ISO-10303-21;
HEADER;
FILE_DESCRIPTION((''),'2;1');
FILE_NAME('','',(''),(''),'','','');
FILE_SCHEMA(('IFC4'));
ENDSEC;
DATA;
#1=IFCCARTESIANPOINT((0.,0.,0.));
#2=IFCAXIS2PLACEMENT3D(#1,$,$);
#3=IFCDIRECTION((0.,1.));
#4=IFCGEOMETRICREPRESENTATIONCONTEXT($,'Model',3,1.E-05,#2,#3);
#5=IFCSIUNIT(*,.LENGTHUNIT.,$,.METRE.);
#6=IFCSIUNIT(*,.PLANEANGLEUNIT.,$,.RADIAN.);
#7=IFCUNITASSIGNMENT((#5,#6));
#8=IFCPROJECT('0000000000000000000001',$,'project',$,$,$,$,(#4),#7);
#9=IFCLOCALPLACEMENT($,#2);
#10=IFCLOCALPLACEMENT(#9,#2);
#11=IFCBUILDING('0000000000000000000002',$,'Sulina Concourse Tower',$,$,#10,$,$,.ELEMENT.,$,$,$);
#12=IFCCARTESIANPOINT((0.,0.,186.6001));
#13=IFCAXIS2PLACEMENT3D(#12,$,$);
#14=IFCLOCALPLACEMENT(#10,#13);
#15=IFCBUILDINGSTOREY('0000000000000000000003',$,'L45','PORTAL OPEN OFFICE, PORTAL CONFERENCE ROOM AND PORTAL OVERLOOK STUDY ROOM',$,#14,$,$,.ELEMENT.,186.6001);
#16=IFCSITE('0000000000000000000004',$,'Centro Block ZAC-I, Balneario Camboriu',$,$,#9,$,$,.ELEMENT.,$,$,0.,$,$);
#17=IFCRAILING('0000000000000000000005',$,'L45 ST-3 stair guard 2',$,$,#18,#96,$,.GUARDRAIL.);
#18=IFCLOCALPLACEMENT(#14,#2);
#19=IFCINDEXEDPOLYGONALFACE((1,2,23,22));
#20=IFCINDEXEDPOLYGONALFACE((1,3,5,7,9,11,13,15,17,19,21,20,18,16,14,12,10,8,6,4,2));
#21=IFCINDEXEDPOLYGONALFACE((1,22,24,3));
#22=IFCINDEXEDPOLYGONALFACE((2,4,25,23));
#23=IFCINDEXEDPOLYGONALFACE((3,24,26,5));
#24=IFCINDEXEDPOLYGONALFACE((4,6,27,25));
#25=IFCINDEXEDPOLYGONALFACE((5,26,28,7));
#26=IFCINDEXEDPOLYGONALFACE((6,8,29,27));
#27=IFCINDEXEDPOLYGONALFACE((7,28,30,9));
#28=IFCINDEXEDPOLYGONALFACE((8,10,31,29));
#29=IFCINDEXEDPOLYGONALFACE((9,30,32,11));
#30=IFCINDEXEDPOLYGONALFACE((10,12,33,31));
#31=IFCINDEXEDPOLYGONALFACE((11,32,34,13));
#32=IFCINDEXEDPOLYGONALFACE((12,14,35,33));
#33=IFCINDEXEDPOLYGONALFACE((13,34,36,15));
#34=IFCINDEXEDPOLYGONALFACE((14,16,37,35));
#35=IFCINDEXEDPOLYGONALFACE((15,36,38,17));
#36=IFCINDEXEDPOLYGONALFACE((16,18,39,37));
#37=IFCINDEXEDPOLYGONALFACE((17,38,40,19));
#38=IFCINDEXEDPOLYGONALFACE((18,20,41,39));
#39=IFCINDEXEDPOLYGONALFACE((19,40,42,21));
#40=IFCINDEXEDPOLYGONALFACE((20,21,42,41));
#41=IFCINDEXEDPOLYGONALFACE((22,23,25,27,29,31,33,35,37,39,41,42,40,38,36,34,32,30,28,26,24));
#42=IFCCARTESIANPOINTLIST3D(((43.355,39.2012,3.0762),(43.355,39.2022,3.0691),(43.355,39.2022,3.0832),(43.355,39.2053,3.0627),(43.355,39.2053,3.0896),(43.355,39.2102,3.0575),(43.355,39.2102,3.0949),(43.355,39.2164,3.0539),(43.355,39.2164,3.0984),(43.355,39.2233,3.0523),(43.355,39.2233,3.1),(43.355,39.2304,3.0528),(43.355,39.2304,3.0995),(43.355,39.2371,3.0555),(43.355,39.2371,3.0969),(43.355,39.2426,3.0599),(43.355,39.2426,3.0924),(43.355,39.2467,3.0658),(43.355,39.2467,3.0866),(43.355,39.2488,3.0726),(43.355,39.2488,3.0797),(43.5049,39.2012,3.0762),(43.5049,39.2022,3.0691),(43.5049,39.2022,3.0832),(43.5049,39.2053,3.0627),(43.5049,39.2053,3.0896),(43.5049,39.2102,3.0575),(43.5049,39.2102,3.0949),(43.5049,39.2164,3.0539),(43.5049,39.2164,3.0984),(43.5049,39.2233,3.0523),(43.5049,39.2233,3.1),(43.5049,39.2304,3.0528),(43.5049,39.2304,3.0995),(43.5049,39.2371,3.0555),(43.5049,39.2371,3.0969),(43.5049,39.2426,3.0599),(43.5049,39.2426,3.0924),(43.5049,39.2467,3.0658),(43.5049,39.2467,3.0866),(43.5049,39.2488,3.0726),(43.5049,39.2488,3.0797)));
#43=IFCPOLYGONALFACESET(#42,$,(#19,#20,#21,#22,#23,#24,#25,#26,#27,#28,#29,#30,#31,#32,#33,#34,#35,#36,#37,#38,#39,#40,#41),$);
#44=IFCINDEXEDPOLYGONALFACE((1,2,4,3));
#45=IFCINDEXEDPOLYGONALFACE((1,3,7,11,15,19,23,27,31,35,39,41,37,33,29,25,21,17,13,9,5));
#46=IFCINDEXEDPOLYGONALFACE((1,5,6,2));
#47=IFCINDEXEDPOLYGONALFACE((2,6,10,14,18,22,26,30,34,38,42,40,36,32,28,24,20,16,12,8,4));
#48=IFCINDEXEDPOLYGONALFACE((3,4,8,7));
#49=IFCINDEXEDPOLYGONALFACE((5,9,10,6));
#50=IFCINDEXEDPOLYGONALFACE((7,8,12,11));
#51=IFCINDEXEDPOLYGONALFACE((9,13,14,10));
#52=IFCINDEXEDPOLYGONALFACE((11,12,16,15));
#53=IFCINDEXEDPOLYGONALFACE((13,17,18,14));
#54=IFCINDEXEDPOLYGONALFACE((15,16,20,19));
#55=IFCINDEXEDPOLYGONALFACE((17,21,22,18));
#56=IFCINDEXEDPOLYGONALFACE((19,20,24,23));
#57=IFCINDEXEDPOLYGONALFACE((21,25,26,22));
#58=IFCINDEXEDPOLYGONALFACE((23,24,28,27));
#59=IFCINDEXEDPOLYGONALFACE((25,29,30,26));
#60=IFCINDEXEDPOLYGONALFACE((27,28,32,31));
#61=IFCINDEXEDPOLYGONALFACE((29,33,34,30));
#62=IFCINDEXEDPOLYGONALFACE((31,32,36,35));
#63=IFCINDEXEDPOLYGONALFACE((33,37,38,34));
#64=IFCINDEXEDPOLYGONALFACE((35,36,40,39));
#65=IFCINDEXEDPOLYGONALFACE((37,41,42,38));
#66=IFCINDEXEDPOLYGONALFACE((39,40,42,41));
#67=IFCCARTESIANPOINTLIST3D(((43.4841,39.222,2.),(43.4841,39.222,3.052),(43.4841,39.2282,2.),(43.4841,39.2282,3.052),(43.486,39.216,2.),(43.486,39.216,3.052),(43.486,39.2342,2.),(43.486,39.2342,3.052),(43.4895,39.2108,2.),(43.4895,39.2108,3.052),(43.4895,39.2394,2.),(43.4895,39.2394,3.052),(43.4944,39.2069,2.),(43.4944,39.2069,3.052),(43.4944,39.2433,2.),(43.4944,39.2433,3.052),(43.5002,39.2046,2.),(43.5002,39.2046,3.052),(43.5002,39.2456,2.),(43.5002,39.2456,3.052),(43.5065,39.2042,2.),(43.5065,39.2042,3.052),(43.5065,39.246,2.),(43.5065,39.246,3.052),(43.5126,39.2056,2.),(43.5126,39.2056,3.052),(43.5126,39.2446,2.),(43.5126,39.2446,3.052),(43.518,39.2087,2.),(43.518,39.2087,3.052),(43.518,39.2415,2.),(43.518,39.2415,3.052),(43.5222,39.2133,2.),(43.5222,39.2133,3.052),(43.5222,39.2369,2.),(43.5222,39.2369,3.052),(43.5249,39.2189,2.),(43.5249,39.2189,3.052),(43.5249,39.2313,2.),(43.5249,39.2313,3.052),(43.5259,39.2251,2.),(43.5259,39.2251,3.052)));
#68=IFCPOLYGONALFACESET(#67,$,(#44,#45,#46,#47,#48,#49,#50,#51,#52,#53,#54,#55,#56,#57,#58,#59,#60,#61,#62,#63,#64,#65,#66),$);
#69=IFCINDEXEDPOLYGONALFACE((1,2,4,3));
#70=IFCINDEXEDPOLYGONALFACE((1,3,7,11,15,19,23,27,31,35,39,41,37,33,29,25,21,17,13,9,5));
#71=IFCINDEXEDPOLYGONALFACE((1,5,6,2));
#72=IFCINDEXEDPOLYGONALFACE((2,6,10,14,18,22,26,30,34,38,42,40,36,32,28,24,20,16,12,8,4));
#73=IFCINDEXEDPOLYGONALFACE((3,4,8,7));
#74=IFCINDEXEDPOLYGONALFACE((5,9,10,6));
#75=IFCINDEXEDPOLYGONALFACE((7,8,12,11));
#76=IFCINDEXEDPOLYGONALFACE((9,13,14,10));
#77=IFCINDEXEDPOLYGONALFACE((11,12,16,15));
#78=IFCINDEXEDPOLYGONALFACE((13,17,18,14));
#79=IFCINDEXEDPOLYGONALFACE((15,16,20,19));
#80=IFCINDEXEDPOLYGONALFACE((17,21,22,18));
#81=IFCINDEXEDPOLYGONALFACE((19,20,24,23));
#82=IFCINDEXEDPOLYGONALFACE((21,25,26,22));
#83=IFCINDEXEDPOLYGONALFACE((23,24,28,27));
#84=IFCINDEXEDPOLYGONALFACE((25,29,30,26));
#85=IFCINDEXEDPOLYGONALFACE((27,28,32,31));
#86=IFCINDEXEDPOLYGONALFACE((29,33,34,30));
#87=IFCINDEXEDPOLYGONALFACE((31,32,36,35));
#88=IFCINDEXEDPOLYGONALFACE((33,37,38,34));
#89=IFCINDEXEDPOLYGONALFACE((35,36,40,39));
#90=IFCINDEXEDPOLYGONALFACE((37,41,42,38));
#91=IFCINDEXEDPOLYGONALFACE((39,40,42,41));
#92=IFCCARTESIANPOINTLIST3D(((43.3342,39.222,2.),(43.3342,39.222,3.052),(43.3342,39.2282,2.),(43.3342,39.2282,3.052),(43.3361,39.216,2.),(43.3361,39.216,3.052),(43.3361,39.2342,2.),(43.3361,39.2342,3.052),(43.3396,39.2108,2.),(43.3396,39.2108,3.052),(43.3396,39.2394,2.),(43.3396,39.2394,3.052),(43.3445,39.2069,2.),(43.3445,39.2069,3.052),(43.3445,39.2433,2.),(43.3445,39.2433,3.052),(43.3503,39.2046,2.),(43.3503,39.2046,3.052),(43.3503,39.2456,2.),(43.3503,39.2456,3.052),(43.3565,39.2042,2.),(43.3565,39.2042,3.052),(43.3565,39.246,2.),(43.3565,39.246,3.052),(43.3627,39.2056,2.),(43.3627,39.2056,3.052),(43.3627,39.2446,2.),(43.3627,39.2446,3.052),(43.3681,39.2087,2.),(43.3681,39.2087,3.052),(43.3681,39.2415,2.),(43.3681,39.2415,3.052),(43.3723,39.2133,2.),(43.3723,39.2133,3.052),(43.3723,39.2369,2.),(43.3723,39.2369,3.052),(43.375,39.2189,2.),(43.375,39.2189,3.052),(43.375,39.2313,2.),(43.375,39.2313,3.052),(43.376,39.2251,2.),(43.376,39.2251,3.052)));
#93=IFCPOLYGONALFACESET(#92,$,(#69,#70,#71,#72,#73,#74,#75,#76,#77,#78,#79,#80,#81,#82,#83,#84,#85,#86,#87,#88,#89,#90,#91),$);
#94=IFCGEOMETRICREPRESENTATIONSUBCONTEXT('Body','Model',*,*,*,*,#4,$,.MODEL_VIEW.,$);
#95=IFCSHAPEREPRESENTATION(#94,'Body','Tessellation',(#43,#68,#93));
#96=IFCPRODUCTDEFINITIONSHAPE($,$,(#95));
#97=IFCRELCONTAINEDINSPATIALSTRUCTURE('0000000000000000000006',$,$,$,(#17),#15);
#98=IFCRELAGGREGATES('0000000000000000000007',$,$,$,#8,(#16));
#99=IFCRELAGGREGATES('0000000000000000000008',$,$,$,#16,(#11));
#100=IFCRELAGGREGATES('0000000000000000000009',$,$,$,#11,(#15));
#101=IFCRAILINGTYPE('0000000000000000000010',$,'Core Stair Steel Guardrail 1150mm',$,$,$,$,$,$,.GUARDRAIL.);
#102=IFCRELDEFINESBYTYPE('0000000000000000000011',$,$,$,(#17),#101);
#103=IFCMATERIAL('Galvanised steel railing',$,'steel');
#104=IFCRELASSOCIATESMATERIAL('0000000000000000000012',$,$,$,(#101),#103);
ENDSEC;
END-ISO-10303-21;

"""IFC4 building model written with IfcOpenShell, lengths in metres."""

from ifc_helpers import new_model, si_unit, direction, frame, origin, origin_2d, place, context, subcontext, project, spatial, circle, extrude, material, type_object, element, save


model = new_model("IFC4")

# Units and contexts
model_context = context("Model", 3, precision=1e-05, world=origin(), true_north=direction((0.0, 1.0)))
body_context = subcontext(model_context, "Body", "Model", "MODEL_VIEW")
ifc_project = project(units=[si_unit("LENGTHUNIT", "METRE"), si_unit("PLANEANGLEUNIT", "RADIAN")], contexts=[model_context])

# Site, building, storey
site_placement = place(None, origin())
site = spatial("IfcSite", under=ifc_project, at=site_placement, Name="Centro Block ZAC-I, Balneario Camboriu", CompositionType="ELEMENT", RefElevation=0.0)
building_placement = place(site_placement, origin())
building = spatial("IfcBuilding", under=site, at=building_placement, Name="Sulina Concourse Tower", CompositionType="ELEMENT")
storey_placement = place(building_placement, frame((0.0, 0.0, 186.6001)))
storey = spatial("IfcBuildingStorey", under=building, at=storey_placement, Name="L45", Description="PORTAL OPEN OFFICE, PORTAL CONFERENCE ROOM AND PORTAL OVERLOOK STUDY ROOM", CompositionType="ELEMENT", Elevation=186.6001)

# Railing
ifc_material_1 = material(Name="Galvanised steel railing", Category="steel")
railing_type_1 = type_object("IfcRailingType", Name="Core Stair Steel Guardrail 1150mm", PredefinedType="GUARDRAIL", material=ifc_material_1)
railing_1_placement = place(storey_placement, frame((43.5049, 39.2251, 2.0)))
element("IfcRailing", 1, at=railing_1_placement, inside=storey, type_object=railing_type_1, Name="L45 ST-3 stair guard 2", PredefinedType="GUARDRAIL", context=body_context, shape_type="SweptSolid", body=[
    extrude(circle(Radius=0.0239, at=origin_2d()), frame((0.0, 0.0, 1.0762), z_axis=(-1.0, 0.0, 0.0), x_axis=(0.0, -1.0, 0.0)), (0.0, 0.0, 1.0), 0.1499),
    extrude(circle(Radius=0.021, at=origin_2d()), origin(), (0.0, 0.0, 1.0), 1.052),
    extrude(circle(Radius=0.021, at=origin_2d()), frame((-0.1499, 0.0, 0.0)), (0.0, 0.0, 1.0), 1.052),
])

save(model, "model.ifc")
